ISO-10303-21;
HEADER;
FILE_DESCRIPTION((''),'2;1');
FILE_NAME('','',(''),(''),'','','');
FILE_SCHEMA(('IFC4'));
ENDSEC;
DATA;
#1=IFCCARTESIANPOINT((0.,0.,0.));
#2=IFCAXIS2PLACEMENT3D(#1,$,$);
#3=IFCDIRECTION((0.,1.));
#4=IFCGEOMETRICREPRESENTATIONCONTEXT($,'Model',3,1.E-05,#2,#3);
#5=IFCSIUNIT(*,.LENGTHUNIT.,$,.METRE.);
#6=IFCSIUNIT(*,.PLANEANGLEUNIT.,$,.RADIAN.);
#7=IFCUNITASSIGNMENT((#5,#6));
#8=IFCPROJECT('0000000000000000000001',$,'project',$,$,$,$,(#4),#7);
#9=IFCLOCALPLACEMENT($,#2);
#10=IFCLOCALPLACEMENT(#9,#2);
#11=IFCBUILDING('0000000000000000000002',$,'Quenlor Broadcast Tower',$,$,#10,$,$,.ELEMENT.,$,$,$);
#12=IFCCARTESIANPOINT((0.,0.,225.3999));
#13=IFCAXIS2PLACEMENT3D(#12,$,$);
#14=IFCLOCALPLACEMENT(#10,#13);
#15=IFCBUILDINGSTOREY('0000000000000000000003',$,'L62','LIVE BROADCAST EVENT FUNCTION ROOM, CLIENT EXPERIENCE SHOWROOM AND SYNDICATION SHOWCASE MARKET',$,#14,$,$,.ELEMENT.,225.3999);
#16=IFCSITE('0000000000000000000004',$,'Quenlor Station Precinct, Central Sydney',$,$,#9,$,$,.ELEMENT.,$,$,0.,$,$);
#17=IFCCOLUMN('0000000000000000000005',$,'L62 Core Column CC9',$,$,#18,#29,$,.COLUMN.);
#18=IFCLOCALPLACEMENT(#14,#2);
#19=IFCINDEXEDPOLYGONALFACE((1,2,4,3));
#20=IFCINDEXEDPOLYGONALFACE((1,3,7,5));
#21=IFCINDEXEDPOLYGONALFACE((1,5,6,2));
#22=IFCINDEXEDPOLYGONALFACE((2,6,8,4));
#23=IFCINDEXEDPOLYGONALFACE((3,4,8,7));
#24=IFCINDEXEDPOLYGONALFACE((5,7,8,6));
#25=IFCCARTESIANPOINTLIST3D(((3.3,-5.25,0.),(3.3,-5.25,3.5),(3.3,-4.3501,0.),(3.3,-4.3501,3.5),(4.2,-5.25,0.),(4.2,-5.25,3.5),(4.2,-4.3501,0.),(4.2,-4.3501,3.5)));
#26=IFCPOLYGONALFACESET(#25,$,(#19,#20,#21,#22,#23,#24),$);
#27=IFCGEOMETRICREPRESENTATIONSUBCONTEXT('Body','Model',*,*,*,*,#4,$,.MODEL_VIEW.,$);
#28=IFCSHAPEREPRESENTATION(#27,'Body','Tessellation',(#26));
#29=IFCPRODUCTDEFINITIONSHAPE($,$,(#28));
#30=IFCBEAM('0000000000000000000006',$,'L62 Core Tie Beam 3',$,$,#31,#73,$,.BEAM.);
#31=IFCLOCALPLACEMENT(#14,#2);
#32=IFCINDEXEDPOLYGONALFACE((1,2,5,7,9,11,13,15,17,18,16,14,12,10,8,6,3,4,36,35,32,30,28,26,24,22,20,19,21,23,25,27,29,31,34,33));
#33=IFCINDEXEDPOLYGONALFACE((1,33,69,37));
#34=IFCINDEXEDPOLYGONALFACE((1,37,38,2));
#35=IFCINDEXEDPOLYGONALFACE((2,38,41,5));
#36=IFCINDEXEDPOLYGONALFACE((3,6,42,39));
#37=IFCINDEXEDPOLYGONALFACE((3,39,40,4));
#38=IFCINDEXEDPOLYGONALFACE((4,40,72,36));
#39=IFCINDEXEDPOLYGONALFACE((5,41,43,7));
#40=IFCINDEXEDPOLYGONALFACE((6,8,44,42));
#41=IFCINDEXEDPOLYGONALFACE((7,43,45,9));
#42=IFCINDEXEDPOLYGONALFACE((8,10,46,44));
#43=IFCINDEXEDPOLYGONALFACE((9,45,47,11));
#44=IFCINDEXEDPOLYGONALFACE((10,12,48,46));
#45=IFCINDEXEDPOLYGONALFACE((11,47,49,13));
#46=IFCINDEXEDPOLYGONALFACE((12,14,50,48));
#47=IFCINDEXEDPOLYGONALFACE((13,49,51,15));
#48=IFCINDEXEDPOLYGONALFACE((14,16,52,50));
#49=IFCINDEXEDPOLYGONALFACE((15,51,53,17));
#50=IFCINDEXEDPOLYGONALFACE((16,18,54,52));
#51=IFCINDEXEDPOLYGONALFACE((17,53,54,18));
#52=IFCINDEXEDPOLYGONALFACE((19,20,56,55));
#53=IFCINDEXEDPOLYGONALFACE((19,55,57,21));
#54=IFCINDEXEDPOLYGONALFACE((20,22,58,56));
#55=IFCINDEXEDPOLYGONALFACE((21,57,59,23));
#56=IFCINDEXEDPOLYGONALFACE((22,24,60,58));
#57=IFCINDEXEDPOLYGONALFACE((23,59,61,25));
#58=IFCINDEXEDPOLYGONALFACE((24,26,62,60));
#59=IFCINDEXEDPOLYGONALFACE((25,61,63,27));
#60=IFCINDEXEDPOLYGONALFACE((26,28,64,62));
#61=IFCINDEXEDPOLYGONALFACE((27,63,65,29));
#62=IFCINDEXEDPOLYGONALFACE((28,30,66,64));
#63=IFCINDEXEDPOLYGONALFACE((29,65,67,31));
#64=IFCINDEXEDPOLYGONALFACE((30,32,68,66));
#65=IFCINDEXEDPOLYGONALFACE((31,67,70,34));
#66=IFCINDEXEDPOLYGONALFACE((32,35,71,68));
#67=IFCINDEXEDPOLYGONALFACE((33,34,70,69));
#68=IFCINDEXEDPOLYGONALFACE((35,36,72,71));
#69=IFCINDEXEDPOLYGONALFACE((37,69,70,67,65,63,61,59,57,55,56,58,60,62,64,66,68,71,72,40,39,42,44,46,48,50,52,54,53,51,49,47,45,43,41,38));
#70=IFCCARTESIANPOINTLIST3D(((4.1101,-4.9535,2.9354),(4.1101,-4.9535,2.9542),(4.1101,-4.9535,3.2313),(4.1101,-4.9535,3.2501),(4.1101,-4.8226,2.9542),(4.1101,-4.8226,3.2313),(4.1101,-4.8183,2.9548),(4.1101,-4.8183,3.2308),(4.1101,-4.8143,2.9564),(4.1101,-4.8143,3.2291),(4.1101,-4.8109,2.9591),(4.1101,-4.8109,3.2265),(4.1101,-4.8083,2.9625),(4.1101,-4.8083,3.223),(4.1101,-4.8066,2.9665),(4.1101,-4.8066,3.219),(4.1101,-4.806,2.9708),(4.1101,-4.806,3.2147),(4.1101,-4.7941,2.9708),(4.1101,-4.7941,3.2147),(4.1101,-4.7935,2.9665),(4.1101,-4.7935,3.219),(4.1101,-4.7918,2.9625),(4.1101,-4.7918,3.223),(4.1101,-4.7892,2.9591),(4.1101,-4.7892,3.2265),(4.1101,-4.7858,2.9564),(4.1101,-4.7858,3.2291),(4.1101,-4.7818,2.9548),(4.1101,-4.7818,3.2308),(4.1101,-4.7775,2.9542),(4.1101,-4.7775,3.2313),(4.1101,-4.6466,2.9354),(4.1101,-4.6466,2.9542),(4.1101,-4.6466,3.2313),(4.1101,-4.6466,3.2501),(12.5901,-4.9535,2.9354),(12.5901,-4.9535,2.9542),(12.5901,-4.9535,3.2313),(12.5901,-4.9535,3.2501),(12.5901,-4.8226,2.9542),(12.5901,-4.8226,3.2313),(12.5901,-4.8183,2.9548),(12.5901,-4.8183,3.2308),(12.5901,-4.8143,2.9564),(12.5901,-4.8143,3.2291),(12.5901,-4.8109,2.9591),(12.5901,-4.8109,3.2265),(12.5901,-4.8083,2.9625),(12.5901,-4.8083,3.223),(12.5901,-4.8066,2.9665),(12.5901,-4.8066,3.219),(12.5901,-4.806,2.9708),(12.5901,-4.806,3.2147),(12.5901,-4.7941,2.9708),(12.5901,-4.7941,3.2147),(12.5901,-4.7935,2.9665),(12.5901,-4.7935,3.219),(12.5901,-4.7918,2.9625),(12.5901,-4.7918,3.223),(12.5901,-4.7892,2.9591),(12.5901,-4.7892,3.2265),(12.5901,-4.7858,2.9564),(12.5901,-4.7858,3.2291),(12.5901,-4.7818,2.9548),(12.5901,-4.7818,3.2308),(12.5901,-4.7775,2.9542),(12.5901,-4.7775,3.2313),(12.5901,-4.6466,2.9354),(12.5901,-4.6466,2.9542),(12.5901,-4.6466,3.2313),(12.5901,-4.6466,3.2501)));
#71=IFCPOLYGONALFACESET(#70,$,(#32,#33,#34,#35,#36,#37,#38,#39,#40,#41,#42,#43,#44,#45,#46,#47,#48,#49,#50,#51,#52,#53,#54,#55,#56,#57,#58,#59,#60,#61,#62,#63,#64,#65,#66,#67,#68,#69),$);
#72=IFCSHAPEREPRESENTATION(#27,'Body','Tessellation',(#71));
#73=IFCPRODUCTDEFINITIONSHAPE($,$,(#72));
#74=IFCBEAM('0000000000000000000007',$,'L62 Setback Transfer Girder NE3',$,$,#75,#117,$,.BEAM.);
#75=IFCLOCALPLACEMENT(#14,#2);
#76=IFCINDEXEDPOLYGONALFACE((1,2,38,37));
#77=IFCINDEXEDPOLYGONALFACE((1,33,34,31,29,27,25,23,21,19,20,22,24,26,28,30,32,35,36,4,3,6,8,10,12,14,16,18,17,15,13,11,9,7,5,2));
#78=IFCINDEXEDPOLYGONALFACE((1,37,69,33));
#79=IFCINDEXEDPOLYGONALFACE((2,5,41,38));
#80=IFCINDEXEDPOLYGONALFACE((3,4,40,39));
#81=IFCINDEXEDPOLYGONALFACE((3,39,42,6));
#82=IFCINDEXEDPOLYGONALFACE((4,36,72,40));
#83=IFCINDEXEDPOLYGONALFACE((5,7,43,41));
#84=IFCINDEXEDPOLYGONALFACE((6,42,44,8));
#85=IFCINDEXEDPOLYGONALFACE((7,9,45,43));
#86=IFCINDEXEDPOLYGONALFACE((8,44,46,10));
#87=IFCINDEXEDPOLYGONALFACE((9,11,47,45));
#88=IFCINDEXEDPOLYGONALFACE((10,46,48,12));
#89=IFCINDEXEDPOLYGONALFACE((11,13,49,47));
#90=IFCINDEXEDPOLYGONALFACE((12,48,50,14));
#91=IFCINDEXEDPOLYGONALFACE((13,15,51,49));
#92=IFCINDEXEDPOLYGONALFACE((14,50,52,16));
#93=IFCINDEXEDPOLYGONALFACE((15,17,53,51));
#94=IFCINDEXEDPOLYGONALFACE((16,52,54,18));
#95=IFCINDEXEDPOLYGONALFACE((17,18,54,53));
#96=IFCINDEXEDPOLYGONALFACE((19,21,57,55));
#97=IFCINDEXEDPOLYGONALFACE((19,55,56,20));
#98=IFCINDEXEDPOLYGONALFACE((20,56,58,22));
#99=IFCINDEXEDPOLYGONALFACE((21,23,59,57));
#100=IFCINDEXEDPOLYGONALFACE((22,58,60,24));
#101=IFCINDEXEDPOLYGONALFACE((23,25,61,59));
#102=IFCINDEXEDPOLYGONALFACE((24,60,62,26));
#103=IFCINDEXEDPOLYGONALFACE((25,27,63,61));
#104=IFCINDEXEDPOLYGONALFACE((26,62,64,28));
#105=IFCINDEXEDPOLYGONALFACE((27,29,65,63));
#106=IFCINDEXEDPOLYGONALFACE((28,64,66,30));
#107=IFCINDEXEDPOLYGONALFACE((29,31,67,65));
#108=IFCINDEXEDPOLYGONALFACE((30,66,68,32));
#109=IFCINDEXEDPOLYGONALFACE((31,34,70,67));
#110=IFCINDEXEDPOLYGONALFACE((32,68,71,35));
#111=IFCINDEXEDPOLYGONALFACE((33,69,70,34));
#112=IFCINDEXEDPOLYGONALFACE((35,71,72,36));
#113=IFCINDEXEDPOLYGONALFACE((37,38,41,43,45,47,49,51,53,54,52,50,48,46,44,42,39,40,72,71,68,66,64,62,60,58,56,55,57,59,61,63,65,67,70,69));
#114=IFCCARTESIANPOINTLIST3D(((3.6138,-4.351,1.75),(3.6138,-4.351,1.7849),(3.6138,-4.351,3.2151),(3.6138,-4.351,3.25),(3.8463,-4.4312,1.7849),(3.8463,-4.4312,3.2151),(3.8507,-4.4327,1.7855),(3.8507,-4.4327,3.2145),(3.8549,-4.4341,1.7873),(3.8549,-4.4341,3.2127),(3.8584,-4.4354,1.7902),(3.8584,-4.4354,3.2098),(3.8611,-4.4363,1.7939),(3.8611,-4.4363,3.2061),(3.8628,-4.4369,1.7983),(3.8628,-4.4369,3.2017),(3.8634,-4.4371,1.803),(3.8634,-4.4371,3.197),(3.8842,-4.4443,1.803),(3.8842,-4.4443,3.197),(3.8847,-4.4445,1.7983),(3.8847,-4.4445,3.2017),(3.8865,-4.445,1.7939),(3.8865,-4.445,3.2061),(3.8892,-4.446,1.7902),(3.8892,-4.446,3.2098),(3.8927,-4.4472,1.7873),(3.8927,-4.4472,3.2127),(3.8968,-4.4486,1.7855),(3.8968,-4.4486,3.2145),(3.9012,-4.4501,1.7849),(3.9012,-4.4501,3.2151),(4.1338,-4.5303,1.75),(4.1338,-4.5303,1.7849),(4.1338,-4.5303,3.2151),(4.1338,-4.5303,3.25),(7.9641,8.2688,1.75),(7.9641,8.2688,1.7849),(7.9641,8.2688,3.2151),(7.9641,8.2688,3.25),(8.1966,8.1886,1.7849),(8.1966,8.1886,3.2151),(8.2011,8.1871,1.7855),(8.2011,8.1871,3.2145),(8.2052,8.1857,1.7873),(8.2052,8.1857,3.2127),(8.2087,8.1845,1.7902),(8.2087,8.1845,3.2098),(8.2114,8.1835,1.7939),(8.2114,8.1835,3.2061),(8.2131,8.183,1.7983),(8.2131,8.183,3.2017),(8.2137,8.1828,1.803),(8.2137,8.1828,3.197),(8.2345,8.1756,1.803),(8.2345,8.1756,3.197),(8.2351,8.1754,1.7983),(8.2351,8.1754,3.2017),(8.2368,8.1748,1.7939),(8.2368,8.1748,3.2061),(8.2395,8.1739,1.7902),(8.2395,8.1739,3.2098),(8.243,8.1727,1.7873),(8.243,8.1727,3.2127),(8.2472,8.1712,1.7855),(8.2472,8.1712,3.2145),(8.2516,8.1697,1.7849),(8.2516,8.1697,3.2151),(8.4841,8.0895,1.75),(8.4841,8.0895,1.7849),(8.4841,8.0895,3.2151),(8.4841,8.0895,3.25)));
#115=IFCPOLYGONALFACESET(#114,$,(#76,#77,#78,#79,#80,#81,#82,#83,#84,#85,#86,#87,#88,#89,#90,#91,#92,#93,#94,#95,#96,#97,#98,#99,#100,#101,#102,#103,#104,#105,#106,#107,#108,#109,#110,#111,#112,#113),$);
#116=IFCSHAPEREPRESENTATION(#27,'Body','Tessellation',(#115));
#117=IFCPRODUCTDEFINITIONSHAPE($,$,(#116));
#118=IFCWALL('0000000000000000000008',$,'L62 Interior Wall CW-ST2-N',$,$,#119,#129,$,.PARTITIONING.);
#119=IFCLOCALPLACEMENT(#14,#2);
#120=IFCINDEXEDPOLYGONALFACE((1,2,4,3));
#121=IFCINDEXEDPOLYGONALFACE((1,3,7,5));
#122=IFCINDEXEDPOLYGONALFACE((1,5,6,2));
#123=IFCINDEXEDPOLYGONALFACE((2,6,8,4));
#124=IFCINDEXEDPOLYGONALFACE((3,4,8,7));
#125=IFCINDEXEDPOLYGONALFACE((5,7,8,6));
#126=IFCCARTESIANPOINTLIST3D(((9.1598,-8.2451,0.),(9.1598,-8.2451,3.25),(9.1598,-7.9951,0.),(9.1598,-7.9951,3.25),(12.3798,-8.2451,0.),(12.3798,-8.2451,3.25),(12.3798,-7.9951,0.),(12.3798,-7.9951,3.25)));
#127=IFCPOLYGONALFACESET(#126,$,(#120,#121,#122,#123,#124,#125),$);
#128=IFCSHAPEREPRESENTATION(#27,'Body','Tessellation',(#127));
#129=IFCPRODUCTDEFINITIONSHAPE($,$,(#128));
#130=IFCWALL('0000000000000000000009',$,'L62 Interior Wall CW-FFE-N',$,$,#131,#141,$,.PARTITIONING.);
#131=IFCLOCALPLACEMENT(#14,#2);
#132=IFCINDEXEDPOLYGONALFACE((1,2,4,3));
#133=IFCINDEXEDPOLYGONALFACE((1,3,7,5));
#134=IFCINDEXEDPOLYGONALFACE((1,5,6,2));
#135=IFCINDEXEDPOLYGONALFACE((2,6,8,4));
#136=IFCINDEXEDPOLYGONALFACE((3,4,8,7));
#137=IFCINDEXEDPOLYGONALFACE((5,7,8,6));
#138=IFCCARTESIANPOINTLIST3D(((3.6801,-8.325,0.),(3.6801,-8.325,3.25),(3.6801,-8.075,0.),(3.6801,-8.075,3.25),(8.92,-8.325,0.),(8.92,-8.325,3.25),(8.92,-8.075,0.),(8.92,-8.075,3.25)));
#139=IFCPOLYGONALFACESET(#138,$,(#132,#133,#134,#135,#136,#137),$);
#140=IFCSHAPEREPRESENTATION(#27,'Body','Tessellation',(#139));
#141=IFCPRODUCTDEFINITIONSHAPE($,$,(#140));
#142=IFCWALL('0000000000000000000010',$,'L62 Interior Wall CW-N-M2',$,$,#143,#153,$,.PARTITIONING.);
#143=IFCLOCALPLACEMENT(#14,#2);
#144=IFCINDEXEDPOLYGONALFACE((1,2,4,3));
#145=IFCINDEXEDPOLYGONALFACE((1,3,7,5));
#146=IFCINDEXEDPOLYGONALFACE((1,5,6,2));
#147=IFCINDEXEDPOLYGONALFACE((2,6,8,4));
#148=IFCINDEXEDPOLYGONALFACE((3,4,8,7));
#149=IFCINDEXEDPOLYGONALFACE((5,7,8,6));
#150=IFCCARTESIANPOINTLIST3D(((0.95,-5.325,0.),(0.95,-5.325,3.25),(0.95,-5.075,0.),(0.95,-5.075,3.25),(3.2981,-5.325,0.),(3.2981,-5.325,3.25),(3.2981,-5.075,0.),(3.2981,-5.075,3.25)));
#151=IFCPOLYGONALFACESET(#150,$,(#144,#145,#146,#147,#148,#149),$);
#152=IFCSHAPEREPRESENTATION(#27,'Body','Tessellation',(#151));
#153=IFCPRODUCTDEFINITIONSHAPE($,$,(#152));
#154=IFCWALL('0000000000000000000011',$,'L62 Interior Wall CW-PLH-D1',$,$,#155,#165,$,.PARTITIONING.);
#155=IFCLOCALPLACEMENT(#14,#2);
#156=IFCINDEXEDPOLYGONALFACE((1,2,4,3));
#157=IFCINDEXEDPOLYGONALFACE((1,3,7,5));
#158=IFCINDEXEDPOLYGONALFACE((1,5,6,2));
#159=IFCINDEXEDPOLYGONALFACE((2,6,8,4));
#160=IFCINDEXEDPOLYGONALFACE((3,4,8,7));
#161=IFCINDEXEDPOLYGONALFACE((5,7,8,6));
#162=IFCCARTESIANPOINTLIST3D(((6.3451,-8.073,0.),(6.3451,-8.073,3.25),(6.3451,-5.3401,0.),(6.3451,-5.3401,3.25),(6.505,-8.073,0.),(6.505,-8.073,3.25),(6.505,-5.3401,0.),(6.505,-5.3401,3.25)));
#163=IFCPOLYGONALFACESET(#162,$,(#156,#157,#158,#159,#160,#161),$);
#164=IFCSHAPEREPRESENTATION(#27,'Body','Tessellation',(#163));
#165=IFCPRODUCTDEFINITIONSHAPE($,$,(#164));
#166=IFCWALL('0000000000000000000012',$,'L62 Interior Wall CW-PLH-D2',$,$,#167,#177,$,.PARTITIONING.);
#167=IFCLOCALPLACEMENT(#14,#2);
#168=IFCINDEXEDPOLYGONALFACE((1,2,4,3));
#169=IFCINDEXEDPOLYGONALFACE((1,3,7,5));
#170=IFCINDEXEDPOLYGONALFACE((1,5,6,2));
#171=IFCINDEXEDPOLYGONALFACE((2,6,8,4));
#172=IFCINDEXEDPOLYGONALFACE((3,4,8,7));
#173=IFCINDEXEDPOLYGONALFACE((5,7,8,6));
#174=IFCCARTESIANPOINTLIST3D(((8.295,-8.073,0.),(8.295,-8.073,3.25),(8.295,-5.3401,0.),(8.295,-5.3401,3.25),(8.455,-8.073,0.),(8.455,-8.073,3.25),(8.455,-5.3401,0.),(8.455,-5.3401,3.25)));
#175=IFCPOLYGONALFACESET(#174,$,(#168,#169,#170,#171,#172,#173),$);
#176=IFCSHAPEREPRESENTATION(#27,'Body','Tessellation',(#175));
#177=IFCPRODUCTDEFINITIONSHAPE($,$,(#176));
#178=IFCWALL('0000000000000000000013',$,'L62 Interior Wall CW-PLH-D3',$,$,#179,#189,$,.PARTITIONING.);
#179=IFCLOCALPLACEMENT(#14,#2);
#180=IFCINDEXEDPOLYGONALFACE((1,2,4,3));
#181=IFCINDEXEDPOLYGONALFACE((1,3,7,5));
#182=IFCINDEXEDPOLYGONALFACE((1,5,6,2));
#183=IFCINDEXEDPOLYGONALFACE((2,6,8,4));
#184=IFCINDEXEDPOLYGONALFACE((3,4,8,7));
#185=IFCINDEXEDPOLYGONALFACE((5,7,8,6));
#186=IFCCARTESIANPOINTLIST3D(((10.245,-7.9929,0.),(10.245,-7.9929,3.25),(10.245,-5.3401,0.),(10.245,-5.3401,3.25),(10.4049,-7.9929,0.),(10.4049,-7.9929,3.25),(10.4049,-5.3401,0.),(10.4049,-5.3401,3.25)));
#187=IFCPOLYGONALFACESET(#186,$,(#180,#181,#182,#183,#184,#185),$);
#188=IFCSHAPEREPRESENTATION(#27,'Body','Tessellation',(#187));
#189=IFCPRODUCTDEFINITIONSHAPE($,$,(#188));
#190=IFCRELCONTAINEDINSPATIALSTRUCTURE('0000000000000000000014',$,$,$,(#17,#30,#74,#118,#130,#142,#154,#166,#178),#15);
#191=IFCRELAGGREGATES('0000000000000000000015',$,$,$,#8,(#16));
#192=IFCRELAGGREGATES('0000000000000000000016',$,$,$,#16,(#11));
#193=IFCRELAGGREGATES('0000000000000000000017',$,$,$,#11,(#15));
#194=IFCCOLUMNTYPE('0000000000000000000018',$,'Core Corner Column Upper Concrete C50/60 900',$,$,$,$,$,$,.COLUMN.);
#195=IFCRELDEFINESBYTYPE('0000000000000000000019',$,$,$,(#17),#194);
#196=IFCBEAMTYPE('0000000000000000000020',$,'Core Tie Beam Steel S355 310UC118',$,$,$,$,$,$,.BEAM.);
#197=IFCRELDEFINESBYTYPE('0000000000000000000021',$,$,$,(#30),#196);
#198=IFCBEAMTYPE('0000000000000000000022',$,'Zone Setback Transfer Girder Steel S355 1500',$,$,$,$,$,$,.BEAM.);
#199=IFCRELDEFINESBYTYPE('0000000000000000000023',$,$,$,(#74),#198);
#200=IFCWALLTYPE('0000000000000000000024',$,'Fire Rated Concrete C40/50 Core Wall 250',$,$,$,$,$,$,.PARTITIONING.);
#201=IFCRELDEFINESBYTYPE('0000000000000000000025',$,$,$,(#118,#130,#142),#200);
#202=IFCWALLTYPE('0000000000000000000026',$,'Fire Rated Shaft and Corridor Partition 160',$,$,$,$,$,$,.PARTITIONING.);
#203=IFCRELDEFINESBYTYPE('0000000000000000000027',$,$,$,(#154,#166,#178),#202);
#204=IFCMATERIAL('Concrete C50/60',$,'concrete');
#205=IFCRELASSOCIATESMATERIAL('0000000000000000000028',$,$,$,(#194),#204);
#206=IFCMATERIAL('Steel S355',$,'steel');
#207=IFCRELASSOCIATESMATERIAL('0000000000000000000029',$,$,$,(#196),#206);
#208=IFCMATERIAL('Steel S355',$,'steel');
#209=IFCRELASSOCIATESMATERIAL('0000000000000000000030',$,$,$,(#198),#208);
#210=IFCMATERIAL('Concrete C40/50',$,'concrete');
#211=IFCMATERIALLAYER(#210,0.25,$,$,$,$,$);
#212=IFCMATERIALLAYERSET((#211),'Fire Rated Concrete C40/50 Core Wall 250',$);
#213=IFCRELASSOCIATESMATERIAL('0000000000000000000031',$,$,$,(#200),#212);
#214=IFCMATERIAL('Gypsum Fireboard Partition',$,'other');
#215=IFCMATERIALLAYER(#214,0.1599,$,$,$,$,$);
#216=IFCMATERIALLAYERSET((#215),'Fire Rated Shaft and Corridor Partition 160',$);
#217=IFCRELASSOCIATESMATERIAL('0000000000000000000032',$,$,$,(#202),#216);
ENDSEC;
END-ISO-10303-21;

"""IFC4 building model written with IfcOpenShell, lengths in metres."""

from ifc_helpers import new_model, si_unit, direction, frame, frame_2d, origin, origin_2d, place, context, subcontext, project, spatial, rectangle, i_section, extrude, material, layer, layer_set, material_profile, profile_set, type_object, element, save


model = new_model("IFC4")

# Units and contexts
model_context = context("Model", 3, precision=1e-05, world=origin(), true_north=direction((0.0, 1.0)))
body_context = subcontext(model_context, "Body", "Model", "MODEL_VIEW")
ifc_project = project(units=[si_unit("LENGTHUNIT", "METRE"), si_unit("PLANEANGLEUNIT", "RADIAN")], contexts=[model_context])

# Site, building, storey
site_placement = place(None, origin())
site = spatial("IfcSite", under=ifc_project, at=site_placement, Name="Quenlor Station Precinct, Central Sydney", CompositionType="ELEMENT", RefElevation=0.0)
building_placement = place(site_placement, origin())
building = spatial("IfcBuilding", under=site, at=building_placement, Name="Quenlor Broadcast Tower", CompositionType="ELEMENT")
storey_placement = place(building_placement, frame((0.0, 0.0, 225.3999)))
storey = spatial("IfcBuildingStorey", under=building, at=storey_placement, Name="L62", Description="LIVE BROADCAST EVENT FUNCTION ROOM, CLIENT EXPERIENCE SHOWROOM AND SYNDICATION SHOWCASE MARKET", CompositionType="ELEMENT", Elevation=225.3999)

# Column
ifc_material_1 = material(Name="Concrete C50/60", Category="concrete")
ifc_material_profile_1 = material_profile(ifc_material_1, rectangle(XDim=0.8999, YDim=0.8999, at=origin_2d()))
ifc_profile_set_1 = profile_set([ifc_material_profile_1], Name="Concrete C50/60 RC900x900")
column_type = type_object("IfcColumnType", Name="Core Corner Column Upper Concrete C50/60 900", PredefinedType="COLUMN", material=ifc_profile_set_1)
column_placement = place(storey_placement, frame((3.75, -4.8, 0.0), z_axis=(0.0, 0.0, 1.0), x_axis=(1.0, 0.0, 0.0)))
element("IfcColumn", 1, at=column_placement, inside=storey, type_object=column_type, Name="L62 Core Column CC9", PredefinedType="COLUMN", context=body_context, shape_type="SweptSolid", body=[
    extrude(rectangle(XDim=0.8999, YDim=0.8999, at=origin_2d()), origin(), (0.0, 0.0, 1.0), 3.5),
])

# Beams
ifc_material_2 = material(Name="Steel S355", Category="steel")
ifc_material_profile_2 = material_profile(ifc_material_2, i_section(OverallWidth=0.3069, OverallDepth=0.3147, WebThickness=0.012, FlangeThickness=0.0188, FilletRadius=0.0166, at=origin_2d()))
ifc_profile_set_2 = profile_set([ifc_material_profile_2], Name="Steel S355 310UC118")
beam_type_1 = type_object("IfcBeamType", Name="Core Tie Beam Steel S355 310UC118", PredefinedType="BEAM", material=ifc_profile_set_2)
beam_1_placement = place(storey_placement, frame((4.1101, -4.8, 3.0928), z_axis=(1.0, 0.0, 0.0), x_axis=(0.0, 1.0, 0.0)))
element("IfcBeam", 2, at=beam_1_placement, inside=storey, type_object=beam_type_1, Name="L62 Core Tie Beam 3", PredefinedType="BEAM", context=body_context, shape_type="SweptSolid", body=[
    extrude(i_section(OverallWidth=0.3069, OverallDepth=0.3147, WebThickness=0.012, FlangeThickness=0.0188, FilletRadius=0.0166, at=origin_2d()), origin(), (0.0, 0.0, 1.0), 8.48),
])
ifc_material_3 = material(Name="Steel S355", Category="steel")
ifc_material_profile_3 = material_profile(ifc_material_3, i_section(OverallWidth=0.55, OverallDepth=1.5, WebThickness=0.022, FlangeThickness=0.0349, FilletRadius=0.0181, at=origin_2d()))
ifc_profile_set_3 = profile_set([ifc_material_profile_3], Name="Steel S355 1500TG510")
beam_type_2 = type_object("IfcBeamType", Name="Zone Setback Transfer Girder Steel S355 1500", PredefinedType="BEAM", material=ifc_profile_set_3)
beam_2_placement = place(storey_placement, frame((3.8738, -4.4407, 2.5), z_axis=(0.325901, 0.945404, 0.0), x_axis=(-0.945404, 0.325901, 0.0)))
element("IfcBeam", 3, at=beam_2_placement, inside=storey, type_object=beam_type_2, Name="L62 Setback Transfer Girder NE3", PredefinedType="BEAM", context=body_context, shape_type="SweptSolid", body=[
    extrude(i_section(OverallWidth=0.55, OverallDepth=1.5, WebThickness=0.022, FlangeThickness=0.0349, FilletRadius=0.0181, at=origin_2d()), origin(), (0.0, 0.0, 1.0), 13.3486),
])

# Walls
ifc_material_4 = material(Name="Concrete C40/50", Category="concrete")
ifc_layer_1 = layer(ifc_material_4, 0.25)
ifc_layer_set_1 = layer_set([ifc_layer_1], Name="Fire Rated Concrete C40/50 Core Wall 250")
wall_type_1 = type_object("IfcWallType", Name="Fire Rated Concrete C40/50 Core Wall 250", PredefinedType="PARTITIONING", material=ifc_layer_set_1)
wall_1_placement = place(storey_placement, frame((9.1599, -8.1201, 0.0), z_axis=(0.0, 0.0, 1.0), x_axis=(1.0, 0.0, 0.0)))
element("IfcWall", 4, at=wall_1_placement, inside=storey, type_object=wall_type_1, Name="L62 Interior Wall CW-ST2-N", PredefinedType="PARTITIONING", context=body_context, shape_type="SweptSolid", body=[
    extrude(rectangle(XDim=3.22, YDim=0.25, at=frame_2d((1.6099, 0.0))), origin(), (0.0, 0.0, 1.0), 3.25),
])
wall_2_placement = place(storey_placement, frame((3.6799, -8.2, 0.0), z_axis=(0.0, 0.0, 1.0), x_axis=(1.0, 0.0, 0.0)))
element("IfcWall", 5, at=wall_2_placement, inside=storey, type_object=wall_type_1, Name="L62 Interior Wall CW-FFE-N", PredefinedType="PARTITIONING", context=body_context, shape_type="SweptSolid", body=[
    extrude(rectangle(XDim=5.24, YDim=0.25, at=frame_2d((2.6201, 0.0))), origin(), (0.0, 0.0, 1.0), 3.25),
])

# Walls
wall_3_placement = place(storey_placement, frame((0.95, -5.2, 0.0), z_axis=(0.0, 0.0, 1.0), x_axis=(1.0, 0.0, 0.0)))
element("IfcWall", 6, at=wall_3_placement, inside=storey, type_object=wall_type_1, Name="L62 Interior Wall CW-N-M2", PredefinedType="PARTITIONING", context=body_context, shape_type="SweptSolid", body=[
    extrude(rectangle(XDim=2.3481, YDim=0.25, at=frame_2d((1.1741, 0.0))), origin(), (0.0, 0.0, 1.0), 3.25),
])
ifc_material_5 = material(Name="Gypsum Fireboard Partition", Category="other")
ifc_layer_2 = layer(ifc_material_5, 0.1599)
ifc_layer_set_2 = layer_set([ifc_layer_2], Name="Fire Rated Shaft and Corridor Partition 160")
wall_type_2 = type_object("IfcWallType", Name="Fire Rated Shaft and Corridor Partition 160", PredefinedType="PARTITIONING", material=ifc_layer_set_2)
for number, where, z_axis, x_axis, name in (
    (7, (6.425, -8.073, 0.0), (0.0, 0.0, 1.0), (0.0, 1.0, 0.0), "L62 Interior Wall CW-PLH-D1"),
    (8, (8.375, -8.073, 0.0), (0.0, 0.0, 1.0), (0.0, 1.0, 0.0), "L62 Interior Wall CW-PLH-D2"),
):
    element("IfcWall", number, at=place(storey_placement, frame(where, z_axis=z_axis, x_axis=x_axis)), inside=storey, type_object=wall_type_2, Name=name, PredefinedType="PARTITIONING", context=body_context, shape_type="SweptSolid", body=[
        extrude(rectangle(XDim=2.7329, YDim=0.1599, at=frame_2d((1.3665, 0.0))), origin(), (0.0, 0.0, 1.0), 3.25),
    ])
wall_4_placement = place(storey_placement, frame((10.325, -7.9929, 0.0), z_axis=(0.0, 0.0, 1.0), x_axis=(0.0, 1.0, 0.0)))
element("IfcWall", 9, at=wall_4_placement, inside=storey, type_object=wall_type_2, Name="L62 Interior Wall CW-PLH-D3", PredefinedType="PARTITIONING", context=body_context, shape_type="SweptSolid", body=[
    extrude(rectangle(XDim=2.6528, YDim=0.1599, at=frame_2d((1.3264, 0.0))), origin(), (0.0, 0.0, 1.0), 3.25),
])

save(model, "model.ifc")
